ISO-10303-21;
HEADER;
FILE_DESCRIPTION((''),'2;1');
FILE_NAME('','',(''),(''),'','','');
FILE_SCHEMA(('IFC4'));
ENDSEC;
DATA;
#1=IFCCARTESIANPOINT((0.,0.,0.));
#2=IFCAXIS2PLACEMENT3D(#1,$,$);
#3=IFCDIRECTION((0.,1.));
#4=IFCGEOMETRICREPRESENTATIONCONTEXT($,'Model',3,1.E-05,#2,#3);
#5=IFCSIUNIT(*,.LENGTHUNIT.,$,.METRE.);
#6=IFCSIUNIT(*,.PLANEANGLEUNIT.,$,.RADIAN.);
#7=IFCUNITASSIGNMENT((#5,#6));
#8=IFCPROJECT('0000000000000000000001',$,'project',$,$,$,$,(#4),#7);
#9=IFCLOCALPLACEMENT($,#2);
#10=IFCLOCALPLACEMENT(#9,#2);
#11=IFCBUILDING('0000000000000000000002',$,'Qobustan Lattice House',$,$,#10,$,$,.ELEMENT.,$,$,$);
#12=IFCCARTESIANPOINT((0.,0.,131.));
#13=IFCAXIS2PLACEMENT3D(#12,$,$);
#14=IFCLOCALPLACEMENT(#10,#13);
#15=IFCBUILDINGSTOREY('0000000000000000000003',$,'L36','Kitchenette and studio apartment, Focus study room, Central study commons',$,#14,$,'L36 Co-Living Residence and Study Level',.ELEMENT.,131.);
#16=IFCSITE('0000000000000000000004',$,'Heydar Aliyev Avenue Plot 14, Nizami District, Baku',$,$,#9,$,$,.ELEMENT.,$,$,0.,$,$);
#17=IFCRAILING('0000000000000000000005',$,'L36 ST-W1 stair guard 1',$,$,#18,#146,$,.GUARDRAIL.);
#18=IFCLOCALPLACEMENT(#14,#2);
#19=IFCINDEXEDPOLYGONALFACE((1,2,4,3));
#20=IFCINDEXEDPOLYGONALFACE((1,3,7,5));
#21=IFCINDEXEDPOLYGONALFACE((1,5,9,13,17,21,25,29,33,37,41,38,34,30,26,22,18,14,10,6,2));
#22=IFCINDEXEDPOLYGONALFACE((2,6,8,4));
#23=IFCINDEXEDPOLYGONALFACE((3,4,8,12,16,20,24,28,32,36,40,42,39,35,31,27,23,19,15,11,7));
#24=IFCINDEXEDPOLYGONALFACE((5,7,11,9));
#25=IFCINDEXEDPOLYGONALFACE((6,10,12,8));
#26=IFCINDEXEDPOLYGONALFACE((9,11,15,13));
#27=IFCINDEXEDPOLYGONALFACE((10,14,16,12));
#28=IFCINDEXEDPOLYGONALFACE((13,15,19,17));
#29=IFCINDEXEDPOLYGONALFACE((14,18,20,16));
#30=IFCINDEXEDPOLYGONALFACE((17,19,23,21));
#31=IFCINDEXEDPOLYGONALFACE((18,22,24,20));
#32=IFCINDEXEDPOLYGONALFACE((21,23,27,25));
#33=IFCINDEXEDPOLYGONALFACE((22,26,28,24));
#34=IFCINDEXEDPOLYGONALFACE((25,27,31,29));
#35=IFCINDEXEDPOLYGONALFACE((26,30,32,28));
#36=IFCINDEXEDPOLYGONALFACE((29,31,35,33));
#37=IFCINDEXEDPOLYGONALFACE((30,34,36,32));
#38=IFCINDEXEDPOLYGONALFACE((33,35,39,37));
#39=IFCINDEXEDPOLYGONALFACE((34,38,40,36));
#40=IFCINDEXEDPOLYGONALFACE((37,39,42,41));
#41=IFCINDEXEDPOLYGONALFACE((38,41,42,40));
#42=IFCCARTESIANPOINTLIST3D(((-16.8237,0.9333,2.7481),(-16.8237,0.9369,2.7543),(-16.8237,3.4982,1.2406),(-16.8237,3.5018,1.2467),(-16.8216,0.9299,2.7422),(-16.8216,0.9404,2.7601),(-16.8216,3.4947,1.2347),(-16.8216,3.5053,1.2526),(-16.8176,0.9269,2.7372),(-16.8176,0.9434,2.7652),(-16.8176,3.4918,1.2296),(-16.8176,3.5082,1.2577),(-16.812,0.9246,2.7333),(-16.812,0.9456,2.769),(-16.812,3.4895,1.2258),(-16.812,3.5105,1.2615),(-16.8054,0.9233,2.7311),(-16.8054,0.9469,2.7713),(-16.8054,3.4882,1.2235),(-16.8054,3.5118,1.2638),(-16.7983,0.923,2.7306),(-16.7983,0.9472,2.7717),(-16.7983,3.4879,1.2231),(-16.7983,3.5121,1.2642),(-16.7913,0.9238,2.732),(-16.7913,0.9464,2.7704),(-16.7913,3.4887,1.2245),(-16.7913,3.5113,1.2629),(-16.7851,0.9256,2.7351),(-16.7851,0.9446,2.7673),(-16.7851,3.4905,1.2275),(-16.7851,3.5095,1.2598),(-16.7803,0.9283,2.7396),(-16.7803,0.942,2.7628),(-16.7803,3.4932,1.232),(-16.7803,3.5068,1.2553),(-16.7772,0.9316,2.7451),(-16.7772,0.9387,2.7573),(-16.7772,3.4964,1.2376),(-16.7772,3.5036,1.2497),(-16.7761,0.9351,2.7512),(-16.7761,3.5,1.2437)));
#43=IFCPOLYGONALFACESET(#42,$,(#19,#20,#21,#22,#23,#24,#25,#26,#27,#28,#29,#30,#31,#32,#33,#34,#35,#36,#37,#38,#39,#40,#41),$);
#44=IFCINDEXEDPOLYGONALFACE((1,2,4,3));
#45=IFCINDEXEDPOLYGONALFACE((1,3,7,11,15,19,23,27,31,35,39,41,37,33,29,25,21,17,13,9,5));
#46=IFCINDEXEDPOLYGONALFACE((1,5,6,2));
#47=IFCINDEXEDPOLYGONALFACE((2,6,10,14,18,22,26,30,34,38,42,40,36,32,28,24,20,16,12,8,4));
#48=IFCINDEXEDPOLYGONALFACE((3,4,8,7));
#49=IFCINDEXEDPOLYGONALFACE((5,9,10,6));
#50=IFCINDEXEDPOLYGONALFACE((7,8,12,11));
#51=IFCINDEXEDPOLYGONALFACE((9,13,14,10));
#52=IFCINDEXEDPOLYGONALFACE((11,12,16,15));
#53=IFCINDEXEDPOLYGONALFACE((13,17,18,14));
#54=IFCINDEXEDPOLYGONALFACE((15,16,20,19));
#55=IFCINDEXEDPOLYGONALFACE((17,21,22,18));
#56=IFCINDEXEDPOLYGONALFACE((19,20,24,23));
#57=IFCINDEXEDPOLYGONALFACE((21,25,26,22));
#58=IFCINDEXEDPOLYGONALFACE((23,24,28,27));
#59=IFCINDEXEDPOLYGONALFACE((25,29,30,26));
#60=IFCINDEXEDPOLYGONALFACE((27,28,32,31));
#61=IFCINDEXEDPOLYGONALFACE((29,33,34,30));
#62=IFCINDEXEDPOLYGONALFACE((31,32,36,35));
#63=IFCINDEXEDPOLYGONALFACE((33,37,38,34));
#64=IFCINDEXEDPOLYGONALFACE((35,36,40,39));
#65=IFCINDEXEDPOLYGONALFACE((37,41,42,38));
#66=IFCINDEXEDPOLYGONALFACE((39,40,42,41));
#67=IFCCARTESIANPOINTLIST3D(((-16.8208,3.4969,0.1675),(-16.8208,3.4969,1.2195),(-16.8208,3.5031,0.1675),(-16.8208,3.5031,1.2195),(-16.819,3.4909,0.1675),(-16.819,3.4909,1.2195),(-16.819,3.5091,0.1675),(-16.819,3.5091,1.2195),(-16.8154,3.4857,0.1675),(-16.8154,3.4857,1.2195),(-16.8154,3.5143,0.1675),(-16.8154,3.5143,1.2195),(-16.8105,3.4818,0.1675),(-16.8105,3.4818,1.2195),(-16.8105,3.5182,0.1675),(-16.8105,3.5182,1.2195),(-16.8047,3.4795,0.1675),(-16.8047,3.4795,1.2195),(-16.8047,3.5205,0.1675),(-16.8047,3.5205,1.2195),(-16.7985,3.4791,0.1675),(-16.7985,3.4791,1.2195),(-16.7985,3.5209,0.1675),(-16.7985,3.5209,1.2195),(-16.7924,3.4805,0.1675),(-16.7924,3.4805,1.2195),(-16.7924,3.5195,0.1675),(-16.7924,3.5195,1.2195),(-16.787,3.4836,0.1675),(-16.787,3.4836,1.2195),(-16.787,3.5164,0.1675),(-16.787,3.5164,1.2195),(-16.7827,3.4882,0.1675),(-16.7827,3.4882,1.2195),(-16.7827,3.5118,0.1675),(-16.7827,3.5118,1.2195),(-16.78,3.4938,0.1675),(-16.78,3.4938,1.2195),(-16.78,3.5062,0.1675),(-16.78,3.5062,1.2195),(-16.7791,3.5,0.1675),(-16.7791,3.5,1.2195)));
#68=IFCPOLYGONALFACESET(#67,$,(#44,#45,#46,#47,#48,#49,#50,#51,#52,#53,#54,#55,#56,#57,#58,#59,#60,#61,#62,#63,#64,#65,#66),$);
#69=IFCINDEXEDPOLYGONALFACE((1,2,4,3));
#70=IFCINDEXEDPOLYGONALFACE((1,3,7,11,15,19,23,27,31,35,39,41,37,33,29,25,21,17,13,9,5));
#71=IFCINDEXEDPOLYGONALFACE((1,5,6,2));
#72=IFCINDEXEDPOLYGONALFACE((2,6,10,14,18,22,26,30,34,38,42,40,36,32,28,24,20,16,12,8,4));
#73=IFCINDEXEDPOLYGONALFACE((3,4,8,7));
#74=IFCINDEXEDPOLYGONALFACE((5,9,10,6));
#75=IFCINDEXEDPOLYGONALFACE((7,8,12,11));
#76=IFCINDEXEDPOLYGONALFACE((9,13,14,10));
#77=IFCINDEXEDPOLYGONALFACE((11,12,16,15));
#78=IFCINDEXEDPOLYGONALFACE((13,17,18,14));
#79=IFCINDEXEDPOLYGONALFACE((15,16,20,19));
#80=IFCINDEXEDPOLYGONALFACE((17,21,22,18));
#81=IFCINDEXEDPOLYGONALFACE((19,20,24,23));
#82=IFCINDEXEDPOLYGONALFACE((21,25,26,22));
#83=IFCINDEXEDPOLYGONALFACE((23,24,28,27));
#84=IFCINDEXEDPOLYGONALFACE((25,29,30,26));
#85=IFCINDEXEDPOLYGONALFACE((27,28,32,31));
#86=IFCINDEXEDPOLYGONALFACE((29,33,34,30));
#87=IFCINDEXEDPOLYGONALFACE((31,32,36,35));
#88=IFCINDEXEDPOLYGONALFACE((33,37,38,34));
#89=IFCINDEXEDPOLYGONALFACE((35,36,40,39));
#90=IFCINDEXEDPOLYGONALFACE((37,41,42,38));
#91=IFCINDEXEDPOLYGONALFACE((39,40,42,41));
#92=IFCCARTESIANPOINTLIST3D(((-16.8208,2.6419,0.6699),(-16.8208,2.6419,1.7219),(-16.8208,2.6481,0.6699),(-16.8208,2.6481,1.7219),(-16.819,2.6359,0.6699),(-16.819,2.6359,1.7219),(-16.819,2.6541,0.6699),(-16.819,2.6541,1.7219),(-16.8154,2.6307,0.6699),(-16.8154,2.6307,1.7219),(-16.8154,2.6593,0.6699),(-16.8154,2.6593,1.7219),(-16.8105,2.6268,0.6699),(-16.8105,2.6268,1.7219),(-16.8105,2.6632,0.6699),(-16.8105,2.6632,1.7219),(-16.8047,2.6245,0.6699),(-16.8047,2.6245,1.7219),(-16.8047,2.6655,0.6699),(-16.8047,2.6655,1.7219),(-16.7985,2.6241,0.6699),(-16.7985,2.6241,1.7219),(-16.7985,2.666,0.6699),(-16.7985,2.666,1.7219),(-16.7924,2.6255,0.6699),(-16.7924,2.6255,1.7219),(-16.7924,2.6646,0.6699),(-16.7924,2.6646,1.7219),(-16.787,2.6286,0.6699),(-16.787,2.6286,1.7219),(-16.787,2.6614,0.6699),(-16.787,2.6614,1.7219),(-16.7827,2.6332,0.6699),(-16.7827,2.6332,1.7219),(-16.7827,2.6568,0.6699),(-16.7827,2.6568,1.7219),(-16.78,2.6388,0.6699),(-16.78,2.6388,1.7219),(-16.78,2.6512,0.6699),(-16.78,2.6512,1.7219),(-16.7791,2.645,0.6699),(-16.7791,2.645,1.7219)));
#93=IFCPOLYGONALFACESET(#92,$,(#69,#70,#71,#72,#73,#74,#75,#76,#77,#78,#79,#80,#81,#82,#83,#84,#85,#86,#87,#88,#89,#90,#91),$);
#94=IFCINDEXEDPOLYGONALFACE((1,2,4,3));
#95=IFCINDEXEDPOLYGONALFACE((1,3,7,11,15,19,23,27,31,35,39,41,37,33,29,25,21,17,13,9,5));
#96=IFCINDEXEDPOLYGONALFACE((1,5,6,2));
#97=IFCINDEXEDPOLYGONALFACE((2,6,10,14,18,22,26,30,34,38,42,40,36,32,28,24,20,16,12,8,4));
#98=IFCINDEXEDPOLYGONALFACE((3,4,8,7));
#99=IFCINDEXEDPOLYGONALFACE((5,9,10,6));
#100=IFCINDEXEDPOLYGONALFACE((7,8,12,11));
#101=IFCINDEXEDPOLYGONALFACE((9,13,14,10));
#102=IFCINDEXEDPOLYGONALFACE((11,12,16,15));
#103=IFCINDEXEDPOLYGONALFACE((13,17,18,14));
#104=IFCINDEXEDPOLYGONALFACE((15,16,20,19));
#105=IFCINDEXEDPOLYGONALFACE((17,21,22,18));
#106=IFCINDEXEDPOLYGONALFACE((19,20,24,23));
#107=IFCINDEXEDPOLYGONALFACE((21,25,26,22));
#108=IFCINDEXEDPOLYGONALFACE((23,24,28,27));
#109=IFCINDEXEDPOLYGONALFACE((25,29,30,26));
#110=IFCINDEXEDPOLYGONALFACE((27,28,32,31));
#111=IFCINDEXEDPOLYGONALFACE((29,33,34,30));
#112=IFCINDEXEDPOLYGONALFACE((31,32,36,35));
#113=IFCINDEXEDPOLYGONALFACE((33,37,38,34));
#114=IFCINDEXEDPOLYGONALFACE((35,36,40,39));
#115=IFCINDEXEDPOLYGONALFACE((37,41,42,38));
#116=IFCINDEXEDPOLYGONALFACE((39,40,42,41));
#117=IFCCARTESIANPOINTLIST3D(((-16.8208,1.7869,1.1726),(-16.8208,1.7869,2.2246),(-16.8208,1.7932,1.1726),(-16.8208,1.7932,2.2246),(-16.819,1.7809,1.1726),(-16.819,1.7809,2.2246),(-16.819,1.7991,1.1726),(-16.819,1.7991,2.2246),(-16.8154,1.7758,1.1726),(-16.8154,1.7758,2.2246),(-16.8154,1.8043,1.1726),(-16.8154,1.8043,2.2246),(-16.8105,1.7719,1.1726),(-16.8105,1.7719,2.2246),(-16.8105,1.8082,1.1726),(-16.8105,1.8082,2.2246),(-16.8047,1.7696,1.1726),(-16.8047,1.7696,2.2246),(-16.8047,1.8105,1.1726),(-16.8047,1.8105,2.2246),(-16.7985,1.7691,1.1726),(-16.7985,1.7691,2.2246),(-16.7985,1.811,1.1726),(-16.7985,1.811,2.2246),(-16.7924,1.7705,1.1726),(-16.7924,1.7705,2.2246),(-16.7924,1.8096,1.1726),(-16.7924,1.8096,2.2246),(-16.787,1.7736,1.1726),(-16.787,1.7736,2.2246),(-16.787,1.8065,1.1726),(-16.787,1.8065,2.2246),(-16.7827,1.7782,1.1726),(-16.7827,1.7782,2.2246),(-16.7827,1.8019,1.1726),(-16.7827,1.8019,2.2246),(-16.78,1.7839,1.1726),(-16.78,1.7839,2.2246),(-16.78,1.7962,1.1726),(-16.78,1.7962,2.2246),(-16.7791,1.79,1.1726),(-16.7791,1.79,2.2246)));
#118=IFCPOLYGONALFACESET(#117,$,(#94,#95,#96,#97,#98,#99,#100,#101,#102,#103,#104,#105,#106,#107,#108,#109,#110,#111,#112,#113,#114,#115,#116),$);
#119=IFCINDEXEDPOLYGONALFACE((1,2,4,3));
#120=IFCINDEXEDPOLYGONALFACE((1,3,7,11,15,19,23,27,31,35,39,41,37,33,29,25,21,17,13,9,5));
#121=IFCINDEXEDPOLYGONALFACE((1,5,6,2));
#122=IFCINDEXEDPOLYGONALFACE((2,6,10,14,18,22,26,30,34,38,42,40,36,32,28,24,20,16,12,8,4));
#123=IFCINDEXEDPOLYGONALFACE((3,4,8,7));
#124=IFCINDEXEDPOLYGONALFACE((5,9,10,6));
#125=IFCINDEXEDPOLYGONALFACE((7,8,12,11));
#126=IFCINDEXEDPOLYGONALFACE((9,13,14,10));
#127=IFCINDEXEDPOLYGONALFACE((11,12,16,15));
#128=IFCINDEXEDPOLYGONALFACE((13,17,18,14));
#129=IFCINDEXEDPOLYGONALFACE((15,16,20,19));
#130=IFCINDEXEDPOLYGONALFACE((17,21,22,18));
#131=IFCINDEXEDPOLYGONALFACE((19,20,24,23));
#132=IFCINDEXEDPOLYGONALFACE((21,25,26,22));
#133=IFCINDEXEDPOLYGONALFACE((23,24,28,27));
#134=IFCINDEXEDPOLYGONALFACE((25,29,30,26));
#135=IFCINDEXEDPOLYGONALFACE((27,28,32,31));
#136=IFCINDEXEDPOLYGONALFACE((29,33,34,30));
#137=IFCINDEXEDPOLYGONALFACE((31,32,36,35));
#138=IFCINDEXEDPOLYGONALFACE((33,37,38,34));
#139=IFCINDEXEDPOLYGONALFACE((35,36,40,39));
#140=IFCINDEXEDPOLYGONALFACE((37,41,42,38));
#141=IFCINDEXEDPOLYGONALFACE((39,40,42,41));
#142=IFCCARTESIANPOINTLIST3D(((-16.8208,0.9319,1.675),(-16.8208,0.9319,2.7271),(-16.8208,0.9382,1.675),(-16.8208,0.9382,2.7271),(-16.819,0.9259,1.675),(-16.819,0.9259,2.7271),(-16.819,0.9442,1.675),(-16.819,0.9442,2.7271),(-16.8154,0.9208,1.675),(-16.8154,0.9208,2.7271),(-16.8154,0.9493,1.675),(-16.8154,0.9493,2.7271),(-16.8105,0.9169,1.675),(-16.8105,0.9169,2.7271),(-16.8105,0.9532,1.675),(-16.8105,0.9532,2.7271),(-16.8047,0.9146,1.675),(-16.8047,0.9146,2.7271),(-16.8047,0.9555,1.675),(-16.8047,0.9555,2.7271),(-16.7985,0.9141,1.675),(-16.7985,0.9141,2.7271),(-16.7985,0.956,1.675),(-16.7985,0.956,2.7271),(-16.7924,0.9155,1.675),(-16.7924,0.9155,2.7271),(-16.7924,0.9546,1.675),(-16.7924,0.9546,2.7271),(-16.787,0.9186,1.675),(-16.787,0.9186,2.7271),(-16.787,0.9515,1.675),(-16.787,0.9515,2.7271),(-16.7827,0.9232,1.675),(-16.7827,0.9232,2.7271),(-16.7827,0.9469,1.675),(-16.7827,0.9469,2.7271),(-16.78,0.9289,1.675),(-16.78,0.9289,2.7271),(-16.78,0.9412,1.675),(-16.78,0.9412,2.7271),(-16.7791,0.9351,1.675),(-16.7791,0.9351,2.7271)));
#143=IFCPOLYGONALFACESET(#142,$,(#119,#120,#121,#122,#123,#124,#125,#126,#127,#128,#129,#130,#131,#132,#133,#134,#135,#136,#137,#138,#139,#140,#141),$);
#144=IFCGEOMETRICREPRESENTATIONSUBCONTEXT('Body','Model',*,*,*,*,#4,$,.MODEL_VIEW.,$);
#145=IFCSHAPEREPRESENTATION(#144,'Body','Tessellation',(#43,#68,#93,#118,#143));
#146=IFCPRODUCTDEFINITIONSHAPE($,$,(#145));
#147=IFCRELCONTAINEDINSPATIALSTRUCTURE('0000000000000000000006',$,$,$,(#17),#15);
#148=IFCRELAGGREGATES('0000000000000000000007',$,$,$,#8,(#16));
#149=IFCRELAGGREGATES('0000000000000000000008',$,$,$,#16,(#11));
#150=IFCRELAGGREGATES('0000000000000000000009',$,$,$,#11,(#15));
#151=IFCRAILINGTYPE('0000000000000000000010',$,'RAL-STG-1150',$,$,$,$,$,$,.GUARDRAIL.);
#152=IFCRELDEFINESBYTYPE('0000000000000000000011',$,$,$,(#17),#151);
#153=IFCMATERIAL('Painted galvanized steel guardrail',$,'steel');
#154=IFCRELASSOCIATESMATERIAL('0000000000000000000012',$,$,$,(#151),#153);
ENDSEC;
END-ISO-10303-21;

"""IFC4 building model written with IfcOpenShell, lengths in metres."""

from ifc_helpers import new_model, si_unit, direction, frame, origin, origin_2d, place, context, subcontext, project, spatial, circle, extrude, material, type_object, element, save


model = new_model("IFC4")

# Units and contexts
model_context = context("Model", 3, precision=1e-05, world=origin(), true_north=direction((0.0, 1.0)))
body_context = subcontext(model_context, "Body", "Model", "MODEL_VIEW")
ifc_project = project(units=[si_unit("LENGTHUNIT", "METRE"), si_unit("PLANEANGLEUNIT", "RADIAN")], contexts=[model_context])

# Site, building, storey
site_placement = place(None, origin())
site = spatial("IfcSite", under=ifc_project, at=site_placement, Name="Heydar Aliyev Avenue Plot 14, Nizami District, Baku", CompositionType="ELEMENT", RefElevation=0.0)
building_placement = place(site_placement, origin())
building = spatial("IfcBuilding", under=site, at=building_placement, Name="Qobustan Lattice House", CompositionType="ELEMENT")
storey_placement = place(building_placement, frame((0.0, 0.0, 131.0)))
storey = spatial("IfcBuildingStorey", under=building, at=storey_placement, Name="L36", Description="Kitchenette and studio apartment, Focus study room, Central study commons", LongName="L36 Co-Living Residence and Study Level", CompositionType="ELEMENT", Elevation=131.0)

# Railing
ifc_material_1 = material(Name="Painted galvanized steel guardrail", Category="steel")
railing_type_1 = type_object("IfcRailingType", Name="RAL-STG-1150", PredefinedType="GUARDRAIL", material=ifc_material_1)
railing_1_placement = place(storey_placement, frame((-16.8, 3.5, 0.1675)))
element("IfcRailing", 1, at=railing_1_placement, inside=storey, type_object=railing_type_1, Name="L36 ST-W1 stair guard 1", PredefinedType="GUARDRAIL", context=body_context, shape_type="SweptSolid", body=[
    extrude(circle(Radius=0.0239, at=origin_2d()), frame((0.0, 0.0, 1.0762), z_axis=(0.0, -0.862113, 0.506715), x_axis=(1.0, 0.0, 0.0)), (0.0, 0.0, 1.0), 2.9751),
    extrude(circle(Radius=0.021, at=origin_2d()), origin(), (0.0, 0.0, 1.0), 1.052),
    extrude(circle(Radius=0.021, at=origin_2d()), frame((0.0, -0.855, 0.5024)), (0.0, 0.0, 1.0), 1.052),
    extrude(circle(Radius=0.021, at=origin_2d()), frame((0.0, -1.71, 1.0051)), (0.0, 0.0, 1.0), 1.052),
    extrude(circle(Radius=0.021, at=origin_2d()), frame((0.0, -2.5649, 1.5076)), (0.0, 0.0, 1.0), 1.052),
])

save(model, "model.ifc")
